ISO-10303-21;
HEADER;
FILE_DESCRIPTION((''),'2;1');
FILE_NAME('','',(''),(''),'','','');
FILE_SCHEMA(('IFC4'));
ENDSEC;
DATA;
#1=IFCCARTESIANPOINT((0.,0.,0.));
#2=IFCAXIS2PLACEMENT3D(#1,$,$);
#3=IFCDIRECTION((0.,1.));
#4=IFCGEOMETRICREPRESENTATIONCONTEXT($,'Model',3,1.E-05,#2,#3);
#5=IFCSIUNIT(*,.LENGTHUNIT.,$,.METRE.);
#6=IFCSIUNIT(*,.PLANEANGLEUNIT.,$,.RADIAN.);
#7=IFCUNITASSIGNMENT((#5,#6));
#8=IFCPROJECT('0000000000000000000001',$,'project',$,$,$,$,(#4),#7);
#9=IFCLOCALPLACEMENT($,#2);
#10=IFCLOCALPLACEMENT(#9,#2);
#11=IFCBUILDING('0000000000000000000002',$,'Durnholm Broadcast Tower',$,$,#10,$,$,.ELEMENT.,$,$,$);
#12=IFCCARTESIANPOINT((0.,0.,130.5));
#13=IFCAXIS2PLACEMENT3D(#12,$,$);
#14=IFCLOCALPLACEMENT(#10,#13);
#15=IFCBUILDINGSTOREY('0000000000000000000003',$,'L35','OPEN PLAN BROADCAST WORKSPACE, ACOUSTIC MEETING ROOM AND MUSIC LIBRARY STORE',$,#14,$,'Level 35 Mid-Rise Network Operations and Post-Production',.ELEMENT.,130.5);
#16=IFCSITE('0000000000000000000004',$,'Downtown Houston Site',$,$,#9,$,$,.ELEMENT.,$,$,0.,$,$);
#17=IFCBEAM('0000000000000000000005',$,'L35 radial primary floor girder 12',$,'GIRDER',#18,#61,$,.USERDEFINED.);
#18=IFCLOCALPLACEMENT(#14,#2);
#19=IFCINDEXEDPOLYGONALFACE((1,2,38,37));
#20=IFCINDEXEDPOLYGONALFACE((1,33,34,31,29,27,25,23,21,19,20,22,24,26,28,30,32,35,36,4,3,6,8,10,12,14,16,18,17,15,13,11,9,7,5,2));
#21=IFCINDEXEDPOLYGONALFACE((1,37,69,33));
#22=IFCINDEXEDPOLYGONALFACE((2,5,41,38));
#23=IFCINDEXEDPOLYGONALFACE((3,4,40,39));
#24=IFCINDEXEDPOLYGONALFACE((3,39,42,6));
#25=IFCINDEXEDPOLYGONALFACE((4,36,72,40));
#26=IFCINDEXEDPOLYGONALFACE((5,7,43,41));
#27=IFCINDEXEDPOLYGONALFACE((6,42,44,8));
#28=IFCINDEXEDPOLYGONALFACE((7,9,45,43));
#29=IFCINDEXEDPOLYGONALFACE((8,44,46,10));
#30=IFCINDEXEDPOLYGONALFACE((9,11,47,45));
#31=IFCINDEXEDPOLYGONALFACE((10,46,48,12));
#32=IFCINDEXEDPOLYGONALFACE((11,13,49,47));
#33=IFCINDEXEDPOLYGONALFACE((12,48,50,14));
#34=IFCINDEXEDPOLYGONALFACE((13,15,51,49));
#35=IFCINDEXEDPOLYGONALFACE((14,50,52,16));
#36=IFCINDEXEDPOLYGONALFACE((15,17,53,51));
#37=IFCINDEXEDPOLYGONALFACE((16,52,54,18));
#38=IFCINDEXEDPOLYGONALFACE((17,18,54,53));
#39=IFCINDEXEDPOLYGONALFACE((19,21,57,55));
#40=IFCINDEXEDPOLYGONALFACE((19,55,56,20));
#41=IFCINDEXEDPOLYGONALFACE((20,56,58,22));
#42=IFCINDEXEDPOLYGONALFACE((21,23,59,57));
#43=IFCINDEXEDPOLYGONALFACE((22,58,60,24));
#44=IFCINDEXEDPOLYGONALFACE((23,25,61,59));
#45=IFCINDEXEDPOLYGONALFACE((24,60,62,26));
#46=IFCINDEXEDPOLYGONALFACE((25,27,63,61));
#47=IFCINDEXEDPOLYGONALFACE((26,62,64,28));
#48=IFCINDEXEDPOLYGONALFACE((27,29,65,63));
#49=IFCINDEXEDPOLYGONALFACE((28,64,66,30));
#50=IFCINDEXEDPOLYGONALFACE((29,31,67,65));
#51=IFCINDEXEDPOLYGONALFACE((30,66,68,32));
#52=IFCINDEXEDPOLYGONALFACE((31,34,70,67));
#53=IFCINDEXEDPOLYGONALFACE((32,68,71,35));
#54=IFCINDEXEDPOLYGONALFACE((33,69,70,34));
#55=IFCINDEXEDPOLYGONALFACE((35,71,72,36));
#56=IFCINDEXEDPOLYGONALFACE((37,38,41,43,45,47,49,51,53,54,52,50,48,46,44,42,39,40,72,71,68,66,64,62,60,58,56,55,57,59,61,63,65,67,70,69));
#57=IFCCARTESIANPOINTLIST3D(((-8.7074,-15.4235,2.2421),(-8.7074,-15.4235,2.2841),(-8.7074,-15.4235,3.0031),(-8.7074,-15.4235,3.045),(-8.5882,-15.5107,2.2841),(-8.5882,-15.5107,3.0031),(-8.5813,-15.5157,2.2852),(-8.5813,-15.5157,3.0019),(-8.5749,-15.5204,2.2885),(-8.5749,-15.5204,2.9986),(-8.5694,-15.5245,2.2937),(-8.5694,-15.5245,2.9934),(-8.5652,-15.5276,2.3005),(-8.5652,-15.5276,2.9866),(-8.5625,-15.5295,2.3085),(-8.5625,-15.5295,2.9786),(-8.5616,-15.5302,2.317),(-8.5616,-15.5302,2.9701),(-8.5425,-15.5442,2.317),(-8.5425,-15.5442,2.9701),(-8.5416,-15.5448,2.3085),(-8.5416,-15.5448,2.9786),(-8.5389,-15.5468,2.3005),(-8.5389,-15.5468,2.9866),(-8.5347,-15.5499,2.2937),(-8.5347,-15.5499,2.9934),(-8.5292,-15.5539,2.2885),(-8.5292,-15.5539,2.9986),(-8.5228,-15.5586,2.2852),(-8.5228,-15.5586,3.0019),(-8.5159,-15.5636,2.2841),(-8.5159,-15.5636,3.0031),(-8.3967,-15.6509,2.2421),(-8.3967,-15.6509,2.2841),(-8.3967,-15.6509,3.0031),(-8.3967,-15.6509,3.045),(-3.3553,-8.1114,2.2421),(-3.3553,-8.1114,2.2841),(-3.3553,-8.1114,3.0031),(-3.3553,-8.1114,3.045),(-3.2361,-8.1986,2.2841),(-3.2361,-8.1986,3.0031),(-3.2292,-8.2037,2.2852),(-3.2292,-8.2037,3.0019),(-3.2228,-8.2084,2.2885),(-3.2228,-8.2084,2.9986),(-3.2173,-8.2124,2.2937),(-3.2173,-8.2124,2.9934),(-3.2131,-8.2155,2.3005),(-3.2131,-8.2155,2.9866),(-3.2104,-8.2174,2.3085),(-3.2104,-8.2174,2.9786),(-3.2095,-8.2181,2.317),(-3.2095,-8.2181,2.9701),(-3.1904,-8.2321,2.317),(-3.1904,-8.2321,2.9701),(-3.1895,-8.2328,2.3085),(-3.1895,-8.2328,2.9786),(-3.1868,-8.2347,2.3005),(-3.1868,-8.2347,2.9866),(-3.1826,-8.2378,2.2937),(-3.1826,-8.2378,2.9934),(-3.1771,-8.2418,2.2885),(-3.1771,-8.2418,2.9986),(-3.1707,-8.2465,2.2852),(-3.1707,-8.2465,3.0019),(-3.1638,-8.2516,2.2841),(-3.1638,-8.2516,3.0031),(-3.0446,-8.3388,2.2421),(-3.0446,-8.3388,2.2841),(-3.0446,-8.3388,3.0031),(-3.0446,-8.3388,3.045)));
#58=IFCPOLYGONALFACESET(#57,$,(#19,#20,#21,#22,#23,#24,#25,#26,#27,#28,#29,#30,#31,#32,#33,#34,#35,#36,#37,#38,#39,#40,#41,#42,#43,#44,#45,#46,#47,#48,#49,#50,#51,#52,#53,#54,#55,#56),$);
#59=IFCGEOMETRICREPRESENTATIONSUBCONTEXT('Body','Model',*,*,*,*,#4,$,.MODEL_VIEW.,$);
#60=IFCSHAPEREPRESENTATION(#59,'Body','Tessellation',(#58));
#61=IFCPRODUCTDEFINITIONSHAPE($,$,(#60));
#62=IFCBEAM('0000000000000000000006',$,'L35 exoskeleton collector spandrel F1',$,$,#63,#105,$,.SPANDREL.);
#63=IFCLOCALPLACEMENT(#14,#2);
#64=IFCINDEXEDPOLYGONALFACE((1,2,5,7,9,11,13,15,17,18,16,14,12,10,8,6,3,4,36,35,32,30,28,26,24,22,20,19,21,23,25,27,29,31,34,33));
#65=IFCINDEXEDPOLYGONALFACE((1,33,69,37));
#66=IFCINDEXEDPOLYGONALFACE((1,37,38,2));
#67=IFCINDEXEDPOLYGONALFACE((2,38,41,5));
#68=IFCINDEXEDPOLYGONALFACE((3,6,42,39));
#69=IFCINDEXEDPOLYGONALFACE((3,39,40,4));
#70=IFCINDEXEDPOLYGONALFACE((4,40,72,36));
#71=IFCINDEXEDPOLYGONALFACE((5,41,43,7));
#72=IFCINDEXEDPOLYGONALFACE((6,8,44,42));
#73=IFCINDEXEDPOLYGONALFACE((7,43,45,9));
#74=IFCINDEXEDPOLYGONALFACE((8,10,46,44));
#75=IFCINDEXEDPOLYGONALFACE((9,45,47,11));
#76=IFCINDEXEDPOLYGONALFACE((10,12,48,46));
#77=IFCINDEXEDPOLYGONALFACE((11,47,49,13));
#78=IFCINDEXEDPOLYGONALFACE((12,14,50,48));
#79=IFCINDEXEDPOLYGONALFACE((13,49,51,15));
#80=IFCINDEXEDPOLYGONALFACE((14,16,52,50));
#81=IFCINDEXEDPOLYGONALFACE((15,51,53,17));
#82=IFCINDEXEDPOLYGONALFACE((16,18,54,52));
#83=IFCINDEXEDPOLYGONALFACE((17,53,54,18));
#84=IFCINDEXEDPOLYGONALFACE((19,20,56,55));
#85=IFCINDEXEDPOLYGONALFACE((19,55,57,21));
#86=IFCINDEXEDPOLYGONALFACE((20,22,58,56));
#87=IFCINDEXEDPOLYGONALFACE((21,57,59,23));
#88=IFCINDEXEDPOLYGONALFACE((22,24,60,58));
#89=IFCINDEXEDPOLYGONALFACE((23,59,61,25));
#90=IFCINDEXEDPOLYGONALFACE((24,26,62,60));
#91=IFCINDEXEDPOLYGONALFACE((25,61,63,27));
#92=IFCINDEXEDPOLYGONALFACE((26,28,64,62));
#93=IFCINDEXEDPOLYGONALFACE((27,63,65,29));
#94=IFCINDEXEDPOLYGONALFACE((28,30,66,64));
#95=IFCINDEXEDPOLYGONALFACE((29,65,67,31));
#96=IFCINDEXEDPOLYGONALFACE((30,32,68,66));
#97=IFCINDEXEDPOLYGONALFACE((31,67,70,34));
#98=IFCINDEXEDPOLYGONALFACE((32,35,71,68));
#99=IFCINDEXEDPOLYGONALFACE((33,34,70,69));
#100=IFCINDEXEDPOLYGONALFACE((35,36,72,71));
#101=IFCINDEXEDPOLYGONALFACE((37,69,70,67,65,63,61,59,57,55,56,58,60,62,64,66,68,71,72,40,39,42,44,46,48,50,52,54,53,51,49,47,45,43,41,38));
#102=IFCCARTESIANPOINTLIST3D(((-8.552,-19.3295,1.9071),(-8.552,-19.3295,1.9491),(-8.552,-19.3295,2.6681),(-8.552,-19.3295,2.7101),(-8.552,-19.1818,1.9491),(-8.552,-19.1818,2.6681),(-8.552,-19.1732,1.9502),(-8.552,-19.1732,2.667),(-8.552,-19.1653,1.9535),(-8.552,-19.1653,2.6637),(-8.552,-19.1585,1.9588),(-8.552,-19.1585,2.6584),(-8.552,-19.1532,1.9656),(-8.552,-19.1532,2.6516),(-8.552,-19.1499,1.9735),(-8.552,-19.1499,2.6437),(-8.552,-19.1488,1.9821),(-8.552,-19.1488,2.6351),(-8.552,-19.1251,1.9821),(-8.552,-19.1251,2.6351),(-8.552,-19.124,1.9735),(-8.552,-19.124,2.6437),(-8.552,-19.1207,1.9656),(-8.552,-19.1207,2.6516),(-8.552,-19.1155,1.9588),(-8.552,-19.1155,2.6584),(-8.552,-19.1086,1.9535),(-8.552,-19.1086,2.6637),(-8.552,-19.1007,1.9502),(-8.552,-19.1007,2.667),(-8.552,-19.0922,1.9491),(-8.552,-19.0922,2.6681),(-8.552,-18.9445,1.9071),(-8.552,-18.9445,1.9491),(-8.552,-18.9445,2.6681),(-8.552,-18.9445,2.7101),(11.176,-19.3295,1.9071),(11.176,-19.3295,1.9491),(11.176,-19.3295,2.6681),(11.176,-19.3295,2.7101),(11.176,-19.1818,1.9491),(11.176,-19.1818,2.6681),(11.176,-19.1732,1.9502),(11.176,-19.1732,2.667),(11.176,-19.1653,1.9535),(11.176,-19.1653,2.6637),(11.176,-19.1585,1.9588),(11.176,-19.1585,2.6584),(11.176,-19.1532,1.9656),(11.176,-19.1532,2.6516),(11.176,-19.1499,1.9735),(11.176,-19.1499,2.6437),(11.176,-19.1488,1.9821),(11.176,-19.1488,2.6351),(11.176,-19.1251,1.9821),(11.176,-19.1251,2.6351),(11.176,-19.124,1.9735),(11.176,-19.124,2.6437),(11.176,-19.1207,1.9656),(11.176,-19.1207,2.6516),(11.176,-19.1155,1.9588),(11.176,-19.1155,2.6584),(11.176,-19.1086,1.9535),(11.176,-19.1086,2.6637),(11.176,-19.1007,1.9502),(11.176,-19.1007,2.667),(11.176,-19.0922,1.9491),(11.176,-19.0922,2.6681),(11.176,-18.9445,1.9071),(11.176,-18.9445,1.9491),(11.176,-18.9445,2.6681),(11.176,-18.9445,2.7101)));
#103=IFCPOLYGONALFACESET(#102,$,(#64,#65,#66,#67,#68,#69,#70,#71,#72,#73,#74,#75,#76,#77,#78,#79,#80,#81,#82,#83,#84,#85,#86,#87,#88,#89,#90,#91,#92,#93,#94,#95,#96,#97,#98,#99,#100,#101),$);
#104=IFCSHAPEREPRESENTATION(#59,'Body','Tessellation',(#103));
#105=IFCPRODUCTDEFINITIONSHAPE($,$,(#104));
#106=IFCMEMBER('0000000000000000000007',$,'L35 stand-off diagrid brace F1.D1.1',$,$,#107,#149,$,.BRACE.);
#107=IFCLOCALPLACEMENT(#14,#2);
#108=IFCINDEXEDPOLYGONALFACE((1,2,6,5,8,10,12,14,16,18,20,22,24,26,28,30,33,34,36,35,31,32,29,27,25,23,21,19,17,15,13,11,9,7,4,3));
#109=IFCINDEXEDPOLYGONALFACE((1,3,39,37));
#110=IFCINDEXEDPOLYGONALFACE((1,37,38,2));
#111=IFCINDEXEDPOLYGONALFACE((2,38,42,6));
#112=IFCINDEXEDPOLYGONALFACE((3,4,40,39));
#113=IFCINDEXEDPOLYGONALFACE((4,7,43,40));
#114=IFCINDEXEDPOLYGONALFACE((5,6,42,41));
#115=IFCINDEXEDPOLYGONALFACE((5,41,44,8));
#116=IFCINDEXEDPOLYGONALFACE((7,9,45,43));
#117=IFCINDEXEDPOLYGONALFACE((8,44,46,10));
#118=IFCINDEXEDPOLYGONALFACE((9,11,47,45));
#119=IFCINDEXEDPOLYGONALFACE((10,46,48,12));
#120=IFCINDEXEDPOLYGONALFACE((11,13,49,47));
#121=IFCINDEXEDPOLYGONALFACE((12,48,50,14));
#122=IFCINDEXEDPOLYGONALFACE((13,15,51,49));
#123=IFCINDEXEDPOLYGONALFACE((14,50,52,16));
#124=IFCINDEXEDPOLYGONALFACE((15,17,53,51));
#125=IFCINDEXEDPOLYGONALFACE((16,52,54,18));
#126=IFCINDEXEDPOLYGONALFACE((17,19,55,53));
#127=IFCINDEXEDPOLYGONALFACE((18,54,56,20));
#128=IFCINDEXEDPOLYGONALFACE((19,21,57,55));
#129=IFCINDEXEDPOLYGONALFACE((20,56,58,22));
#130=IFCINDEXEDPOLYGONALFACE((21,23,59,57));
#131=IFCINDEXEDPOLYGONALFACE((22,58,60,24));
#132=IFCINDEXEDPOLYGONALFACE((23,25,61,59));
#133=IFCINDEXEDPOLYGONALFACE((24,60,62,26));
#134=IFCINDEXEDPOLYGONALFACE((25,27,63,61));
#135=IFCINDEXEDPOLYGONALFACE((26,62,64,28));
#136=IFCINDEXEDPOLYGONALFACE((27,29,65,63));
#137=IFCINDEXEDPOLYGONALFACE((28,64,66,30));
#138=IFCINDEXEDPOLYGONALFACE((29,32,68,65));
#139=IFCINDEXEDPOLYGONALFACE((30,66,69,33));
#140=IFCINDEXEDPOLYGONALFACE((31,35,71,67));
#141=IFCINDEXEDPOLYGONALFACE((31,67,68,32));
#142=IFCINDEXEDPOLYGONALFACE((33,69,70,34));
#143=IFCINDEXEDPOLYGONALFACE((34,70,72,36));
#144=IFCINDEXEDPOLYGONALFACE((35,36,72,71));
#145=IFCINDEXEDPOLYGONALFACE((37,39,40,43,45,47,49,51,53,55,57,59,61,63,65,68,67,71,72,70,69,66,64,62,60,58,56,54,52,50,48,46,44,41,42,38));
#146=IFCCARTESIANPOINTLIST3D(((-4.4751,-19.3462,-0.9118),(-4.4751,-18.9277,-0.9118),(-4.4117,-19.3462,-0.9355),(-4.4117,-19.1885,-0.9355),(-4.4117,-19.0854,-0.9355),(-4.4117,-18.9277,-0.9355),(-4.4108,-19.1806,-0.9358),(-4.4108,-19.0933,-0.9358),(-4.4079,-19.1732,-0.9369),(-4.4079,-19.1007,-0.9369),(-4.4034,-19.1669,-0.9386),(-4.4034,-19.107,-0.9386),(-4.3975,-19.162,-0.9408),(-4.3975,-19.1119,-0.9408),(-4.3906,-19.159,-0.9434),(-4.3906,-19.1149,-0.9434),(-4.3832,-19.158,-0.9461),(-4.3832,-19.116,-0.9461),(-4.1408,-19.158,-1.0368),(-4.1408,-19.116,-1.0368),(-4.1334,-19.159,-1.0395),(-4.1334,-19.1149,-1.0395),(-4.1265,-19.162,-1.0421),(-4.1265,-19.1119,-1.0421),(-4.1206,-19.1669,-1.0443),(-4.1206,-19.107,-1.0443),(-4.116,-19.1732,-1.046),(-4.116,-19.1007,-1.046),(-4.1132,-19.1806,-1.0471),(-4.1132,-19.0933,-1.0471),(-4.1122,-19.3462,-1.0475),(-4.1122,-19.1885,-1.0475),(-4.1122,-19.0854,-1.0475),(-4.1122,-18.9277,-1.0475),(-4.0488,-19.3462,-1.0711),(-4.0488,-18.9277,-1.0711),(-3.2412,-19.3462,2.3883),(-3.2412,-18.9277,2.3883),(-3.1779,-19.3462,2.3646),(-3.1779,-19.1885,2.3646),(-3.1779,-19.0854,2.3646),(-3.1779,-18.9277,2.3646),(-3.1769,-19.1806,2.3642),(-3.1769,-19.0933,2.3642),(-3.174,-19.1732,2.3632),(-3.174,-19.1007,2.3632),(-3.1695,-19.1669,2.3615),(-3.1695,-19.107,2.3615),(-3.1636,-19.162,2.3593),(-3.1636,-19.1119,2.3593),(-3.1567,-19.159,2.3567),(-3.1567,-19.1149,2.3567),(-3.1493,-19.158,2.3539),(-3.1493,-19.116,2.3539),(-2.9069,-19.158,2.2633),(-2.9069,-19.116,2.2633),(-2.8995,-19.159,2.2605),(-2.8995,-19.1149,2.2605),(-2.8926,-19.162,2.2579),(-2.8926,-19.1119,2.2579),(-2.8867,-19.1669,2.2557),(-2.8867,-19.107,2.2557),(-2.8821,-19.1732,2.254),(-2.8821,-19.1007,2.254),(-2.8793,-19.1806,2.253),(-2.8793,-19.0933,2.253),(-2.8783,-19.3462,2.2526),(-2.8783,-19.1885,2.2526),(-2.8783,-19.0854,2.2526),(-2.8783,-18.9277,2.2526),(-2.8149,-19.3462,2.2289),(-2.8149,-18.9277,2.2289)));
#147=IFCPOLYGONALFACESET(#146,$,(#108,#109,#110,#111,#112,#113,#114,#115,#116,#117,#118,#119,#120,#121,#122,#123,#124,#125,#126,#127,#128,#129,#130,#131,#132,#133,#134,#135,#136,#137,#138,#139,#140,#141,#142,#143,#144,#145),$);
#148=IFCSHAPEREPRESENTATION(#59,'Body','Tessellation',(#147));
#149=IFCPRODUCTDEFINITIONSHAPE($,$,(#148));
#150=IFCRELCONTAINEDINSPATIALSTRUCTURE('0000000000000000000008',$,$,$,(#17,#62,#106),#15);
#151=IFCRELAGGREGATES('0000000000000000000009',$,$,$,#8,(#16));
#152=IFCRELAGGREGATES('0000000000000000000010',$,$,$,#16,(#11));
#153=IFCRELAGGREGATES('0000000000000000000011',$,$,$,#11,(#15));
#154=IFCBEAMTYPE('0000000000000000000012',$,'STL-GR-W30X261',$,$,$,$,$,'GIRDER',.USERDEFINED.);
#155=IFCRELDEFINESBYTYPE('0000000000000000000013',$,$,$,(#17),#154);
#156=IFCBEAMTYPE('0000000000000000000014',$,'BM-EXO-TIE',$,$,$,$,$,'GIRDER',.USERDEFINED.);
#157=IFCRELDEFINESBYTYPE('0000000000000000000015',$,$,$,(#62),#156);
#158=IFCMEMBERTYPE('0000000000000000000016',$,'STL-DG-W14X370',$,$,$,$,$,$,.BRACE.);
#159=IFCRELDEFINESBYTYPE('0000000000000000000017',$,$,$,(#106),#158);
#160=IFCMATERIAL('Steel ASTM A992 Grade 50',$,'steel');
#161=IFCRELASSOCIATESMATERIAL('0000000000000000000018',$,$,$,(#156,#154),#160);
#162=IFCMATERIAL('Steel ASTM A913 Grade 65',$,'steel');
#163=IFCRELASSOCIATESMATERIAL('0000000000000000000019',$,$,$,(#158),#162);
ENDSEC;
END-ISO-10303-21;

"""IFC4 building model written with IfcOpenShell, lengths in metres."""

from ifc_helpers import new_model, si_unit, direction, frame, origin, origin_2d, place, context, subcontext, project, spatial, i_section, extrude, source, transform, mapped, material, material_profile, profile_set, type_object, type_shapes, element, save


model = new_model("IFC4")

# Units and contexts
model_context = context("Model", 3, precision=1e-05, world=origin(), true_north=direction((0.0, 1.0)))
body_context = subcontext(model_context, "Body", "Model", "MODEL_VIEW")
ifc_project = project(units=[si_unit("LENGTHUNIT", "METRE"), si_unit("PLANEANGLEUNIT", "RADIAN")], contexts=[model_context])

# Site, building, storey
site_placement = place(None, origin())
site = spatial("IfcSite", under=ifc_project, at=site_placement, Name="Downtown Houston Site", CompositionType="ELEMENT", RefElevation=0.0)
building_placement = place(site_placement, origin())
building = spatial("IfcBuilding", under=site, at=building_placement, Name="Durnholm Broadcast Tower", CompositionType="ELEMENT")
storey_placement = place(building_placement, frame((0.0, 0.0, 130.5)))
storey = spatial("IfcBuildingStorey", under=building, at=storey_placement, Name="L35", Description="OPEN PLAN BROADCAST WORKSPACE, ACOUSTIC MEETING ROOM AND MUSIC LIBRARY STORE", LongName="Level 35 Mid-Rise Network Operations and Post-Production", CompositionType="ELEMENT", Elevation=130.5)

# Beams
ifc_material_1 = material(Name="Steel ASTM A992 Grade 50", Category="steel")
ifc_material_profile_1 = material_profile(ifc_material_1, i_section(OverallWidth=0.385, OverallDepth=0.803, WebThickness=0.0237, FlangeThickness=0.042, FilletRadius=0.033, at=origin_2d()), Name="W30X261")
ifc_profile_set_1 = profile_set([ifc_material_profile_1], Name="Steel ASTM A992 Grade 50")
beam_type_1 = type_object("IfcBeamType", Name="BM-EXO-TIE", ElementType="GIRDER", PredefinedType="USERDEFINED", material=ifc_profile_set_1)
ifc_material_profile_2 = material_profile(ifc_material_1, i_section(OverallWidth=0.385, OverallDepth=0.803, WebThickness=0.0237, FlangeThickness=0.042, FilletRadius=0.033, at=origin_2d()), Name="W30X261")
ifc_profile_set_2 = profile_set([ifc_material_profile_2], Name="Steel ASTM A992 Grade 50")
beam_type_2 = type_object("IfcBeamType", Name="STL-GR-W30X261", ElementType="GIRDER", PredefinedType="USERDEFINED", material=ifc_profile_set_2)
shared_shape_1 = source(origin(), body_context, "Body", "SweptSolid", [
    extrude(i_section(OverallWidth=0.385, OverallDepth=0.803, WebThickness=0.0237, FlangeThickness=0.042, FilletRadius=0.033, at=origin_2d()), origin(), (0.0, 0.0, 1.0), 9.0615),
])
beam_1_placement = place(storey_placement, frame((-3.2, -8.2251, 2.6436), z_axis=(-0.590639, -0.806936, 0.0), x_axis=(0.806936, -0.590639, 0.0)))
element("IfcBeam", 1, at=beam_1_placement, inside=storey, type_object=beam_type_2, Name="L35 radial primary floor girder 12", ObjectType="GIRDER", PredefinedType="USERDEFINED", context=body_context, shape_type="MappedRepresentation", body=[
    mapped(shared_shape_1, transform((0.0, 0.0, 0.0), x_axis=(1.0, 0.0, 0.0), y_axis=(0.0, 1.0, 0.0), z_axis=(0.0, 0.0, 1.0), scale=1.0)),
])
shared_shape_2 = source(origin(), body_context, "Body", "SweptSolid", [
    extrude(i_section(OverallWidth=0.385, OverallDepth=0.803, WebThickness=0.0237, FlangeThickness=0.042, FilletRadius=0.033, at=origin_2d()), origin(), (0.0, 0.0, 1.0), 19.728),
])
beam_2_placement = place(storey_placement, frame((-8.552, -19.137, 2.3086), z_axis=(1.0, 0.0, 0.0), x_axis=(0.0, 1.0, 0.0)))
element("IfcBeam", 2, at=beam_2_placement, inside=storey, type_object=beam_type_1, Name="L35 exoskeleton collector spandrel F1", PredefinedType="SPANDREL", context=body_context, shape_type="MappedRepresentation", body=[
    mapped(shared_shape_2, transform((0.0, 0.0, 0.0), x_axis=(1.0, 0.0, 0.0), y_axis=(0.0, 1.0, 0.0), z_axis=(0.0, 0.0, 1.0), scale=1.0)),
])

# Member
ifc_material_2 = material(Name="Steel ASTM A913 Grade 65", Category="steel")
ifc_material_profile_3 = material_profile(ifc_material_2, i_section(OverallWidth=0.4185, OverallDepth=0.4551, WebThickness=0.042, FlangeThickness=0.0676, FilletRadius=0.0305, at=origin_2d()), Name="W14X370")
ifc_profile_set_3 = profile_set([ifc_material_profile_3], Name="Steel ASTM A913 Grade 65")
member_type_1 = type_object("IfcMemberType", Name="STL-DG-W14X370", PredefinedType="BRACE", material=ifc_profile_set_3)
shared_shape_3 = source(origin(), body_context, "Body", "SweptSolid", [
    extrude(i_section(OverallWidth=0.4185, OverallDepth=0.4551, WebThickness=0.042, FlangeThickness=0.0676, FilletRadius=0.0305, at=origin_2d()), origin(), (0.0, 0.0, 1.0), 3.5232),
])
type_shapes(member_type_1, [shared_shape_3])
for number, where, z_axis, x_axis, name in (
    (3, (-4.262, -19.137, -0.9915), (0.35022, 0.0, 0.936668), (0.0, 1.0, 0.0), "L35 stand-off diagrid brace F1.D1.1"),
):
    element("IfcMember", number, at=place(storey_placement, frame(where, z_axis=z_axis, x_axis=x_axis)), inside=storey, type_object=member_type_1, Name=name, PredefinedType="BRACE", context=body_context, shape_type="MappedRepresentation", body=[
        mapped(shared_shape_3, transform((0.0, 0.0, 0.0), x_axis=(1.0, 0.0, 0.0), y_axis=(0.0, 1.0, 0.0), z_axis=(0.0, 0.0, 1.0), scale=1.0)),
    ])

save(model, "model.ifc")
